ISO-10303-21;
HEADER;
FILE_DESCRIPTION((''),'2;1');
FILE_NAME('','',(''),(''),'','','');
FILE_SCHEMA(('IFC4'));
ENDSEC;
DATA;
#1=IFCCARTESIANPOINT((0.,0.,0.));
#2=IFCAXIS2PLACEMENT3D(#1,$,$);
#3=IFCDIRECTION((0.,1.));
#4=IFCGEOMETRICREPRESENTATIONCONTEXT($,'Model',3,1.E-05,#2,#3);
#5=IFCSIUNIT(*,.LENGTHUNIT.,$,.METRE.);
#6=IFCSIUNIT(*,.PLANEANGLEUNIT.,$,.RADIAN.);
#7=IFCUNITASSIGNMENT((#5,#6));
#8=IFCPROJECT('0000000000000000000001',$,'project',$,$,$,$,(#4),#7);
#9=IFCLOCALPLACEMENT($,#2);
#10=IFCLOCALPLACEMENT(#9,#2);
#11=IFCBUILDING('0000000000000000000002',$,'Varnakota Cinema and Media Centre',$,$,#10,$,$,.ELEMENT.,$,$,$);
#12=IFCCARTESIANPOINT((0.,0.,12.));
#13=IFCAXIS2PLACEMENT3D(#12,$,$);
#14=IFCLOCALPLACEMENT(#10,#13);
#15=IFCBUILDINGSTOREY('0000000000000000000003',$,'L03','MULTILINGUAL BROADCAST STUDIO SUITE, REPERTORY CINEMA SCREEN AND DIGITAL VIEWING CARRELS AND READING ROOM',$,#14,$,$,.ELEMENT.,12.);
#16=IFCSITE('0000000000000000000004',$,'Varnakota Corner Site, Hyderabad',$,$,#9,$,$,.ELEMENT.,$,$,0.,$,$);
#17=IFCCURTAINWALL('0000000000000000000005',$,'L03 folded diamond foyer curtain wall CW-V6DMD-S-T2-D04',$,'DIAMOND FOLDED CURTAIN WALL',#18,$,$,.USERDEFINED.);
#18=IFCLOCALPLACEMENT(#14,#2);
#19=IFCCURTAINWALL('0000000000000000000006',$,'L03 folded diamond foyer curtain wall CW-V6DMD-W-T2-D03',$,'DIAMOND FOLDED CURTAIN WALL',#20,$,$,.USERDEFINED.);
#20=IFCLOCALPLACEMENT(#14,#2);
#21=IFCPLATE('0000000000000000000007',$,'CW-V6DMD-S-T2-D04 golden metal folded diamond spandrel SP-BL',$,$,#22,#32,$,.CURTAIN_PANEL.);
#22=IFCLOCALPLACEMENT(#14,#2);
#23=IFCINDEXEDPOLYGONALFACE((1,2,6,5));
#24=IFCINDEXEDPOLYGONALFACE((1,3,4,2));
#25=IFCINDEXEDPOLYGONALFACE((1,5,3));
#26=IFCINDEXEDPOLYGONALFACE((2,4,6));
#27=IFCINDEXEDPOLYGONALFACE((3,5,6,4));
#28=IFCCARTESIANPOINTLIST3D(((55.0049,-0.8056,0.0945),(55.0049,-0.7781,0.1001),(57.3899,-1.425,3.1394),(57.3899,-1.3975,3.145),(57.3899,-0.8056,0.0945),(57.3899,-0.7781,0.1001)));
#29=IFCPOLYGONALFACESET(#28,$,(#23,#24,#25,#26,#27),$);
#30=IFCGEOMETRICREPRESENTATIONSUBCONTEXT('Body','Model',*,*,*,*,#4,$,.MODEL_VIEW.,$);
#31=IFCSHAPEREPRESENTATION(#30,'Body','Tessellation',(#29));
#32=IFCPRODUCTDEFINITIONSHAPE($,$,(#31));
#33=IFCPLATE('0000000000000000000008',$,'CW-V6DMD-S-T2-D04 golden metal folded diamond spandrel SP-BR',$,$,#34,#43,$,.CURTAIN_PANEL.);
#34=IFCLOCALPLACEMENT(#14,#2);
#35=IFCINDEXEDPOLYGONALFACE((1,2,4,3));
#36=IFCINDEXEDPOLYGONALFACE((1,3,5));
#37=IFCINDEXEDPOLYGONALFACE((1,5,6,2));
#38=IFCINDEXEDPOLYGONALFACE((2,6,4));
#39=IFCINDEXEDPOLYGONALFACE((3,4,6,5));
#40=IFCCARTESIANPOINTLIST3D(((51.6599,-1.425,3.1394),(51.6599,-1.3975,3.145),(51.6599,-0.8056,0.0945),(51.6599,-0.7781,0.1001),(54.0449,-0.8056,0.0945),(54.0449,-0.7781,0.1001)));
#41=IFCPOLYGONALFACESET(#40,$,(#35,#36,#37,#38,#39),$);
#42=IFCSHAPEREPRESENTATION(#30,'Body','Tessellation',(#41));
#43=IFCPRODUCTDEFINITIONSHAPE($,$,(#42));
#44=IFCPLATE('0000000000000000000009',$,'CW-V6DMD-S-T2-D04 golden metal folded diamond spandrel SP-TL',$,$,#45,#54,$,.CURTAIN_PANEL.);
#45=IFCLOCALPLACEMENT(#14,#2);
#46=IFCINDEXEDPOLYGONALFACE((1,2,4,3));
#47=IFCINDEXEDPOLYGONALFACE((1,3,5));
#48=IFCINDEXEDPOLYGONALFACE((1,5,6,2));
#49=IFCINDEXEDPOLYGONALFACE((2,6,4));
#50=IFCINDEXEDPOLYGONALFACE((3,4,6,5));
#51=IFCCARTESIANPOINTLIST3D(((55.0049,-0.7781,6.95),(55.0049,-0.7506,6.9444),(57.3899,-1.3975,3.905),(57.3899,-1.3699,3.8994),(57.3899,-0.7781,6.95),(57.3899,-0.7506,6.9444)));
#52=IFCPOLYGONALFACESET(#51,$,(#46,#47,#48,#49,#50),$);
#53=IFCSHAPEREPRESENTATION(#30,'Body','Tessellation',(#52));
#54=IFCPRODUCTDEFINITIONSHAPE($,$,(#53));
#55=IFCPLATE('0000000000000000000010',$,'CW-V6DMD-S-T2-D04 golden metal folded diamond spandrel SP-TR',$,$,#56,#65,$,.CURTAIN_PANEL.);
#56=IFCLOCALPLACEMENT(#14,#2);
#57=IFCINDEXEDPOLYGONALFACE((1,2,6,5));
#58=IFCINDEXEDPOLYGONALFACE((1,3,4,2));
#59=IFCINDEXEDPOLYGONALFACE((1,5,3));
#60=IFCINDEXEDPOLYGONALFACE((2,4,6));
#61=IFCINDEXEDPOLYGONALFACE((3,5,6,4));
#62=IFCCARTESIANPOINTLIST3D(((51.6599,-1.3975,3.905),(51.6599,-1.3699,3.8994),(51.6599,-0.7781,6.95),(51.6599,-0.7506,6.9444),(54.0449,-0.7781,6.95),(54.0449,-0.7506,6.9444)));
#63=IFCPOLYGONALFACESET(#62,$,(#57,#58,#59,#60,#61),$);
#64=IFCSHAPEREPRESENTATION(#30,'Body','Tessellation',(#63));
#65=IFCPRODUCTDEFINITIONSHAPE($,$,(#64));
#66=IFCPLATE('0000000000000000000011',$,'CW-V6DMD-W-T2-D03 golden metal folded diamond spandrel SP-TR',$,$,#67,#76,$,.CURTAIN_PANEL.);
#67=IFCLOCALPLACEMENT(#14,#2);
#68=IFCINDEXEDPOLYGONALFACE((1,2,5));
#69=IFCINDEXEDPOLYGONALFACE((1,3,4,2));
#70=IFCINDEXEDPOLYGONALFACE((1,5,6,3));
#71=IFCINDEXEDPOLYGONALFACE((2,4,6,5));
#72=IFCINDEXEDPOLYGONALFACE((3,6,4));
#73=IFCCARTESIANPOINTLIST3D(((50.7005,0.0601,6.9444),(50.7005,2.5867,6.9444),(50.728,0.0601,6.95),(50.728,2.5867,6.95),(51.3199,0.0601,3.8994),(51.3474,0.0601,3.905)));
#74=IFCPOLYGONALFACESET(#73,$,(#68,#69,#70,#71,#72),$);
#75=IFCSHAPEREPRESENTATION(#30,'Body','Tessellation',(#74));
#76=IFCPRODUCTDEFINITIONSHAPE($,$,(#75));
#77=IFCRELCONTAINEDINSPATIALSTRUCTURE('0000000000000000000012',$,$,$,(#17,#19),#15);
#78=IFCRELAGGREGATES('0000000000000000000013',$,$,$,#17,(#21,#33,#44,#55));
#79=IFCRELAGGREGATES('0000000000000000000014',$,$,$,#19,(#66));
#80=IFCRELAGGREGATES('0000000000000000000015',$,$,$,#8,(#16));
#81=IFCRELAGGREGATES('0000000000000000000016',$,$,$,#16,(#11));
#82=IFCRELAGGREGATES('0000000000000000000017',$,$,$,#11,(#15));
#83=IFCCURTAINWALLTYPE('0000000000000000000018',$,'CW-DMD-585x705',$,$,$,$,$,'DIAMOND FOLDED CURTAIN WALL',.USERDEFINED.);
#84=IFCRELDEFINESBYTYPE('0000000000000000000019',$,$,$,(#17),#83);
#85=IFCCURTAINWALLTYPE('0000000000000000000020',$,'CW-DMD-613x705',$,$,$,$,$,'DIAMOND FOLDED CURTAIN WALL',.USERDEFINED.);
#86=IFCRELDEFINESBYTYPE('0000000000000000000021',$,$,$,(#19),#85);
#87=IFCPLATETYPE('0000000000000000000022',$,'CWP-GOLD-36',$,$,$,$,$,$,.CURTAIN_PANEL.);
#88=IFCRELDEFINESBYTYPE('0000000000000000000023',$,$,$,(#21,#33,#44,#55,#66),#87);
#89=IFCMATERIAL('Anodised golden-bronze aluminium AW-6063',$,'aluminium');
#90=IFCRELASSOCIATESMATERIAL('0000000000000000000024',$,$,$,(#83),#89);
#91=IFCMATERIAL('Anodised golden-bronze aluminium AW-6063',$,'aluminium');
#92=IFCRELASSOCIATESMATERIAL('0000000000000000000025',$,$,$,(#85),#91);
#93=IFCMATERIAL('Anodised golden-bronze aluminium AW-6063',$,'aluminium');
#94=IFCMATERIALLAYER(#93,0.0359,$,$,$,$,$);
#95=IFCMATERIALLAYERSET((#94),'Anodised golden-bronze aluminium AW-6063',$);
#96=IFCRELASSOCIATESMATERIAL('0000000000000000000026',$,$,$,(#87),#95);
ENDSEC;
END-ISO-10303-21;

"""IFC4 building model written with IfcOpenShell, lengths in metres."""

from ifc_helpers import new_model, si_unit, direction, frame, origin, place, context, subcontext, project, spatial, polyline, outline, extrude, material, layer, layer_set, type_object, element, aggregate, save


model = new_model("IFC4")

# Units and contexts
model_context = context("Model", 3, precision=1e-05, world=origin(), true_north=direction((0.0, 1.0)))
body_context = subcontext(model_context, "Body", "Model", "MODEL_VIEW")
ifc_project = project(units=[si_unit("LENGTHUNIT", "METRE"), si_unit("PLANEANGLEUNIT", "RADIAN")], contexts=[model_context])

# Site, building, storey
site_placement = place(None, origin())
site = spatial("IfcSite", under=ifc_project, at=site_placement, Name="Varnakota Corner Site, Hyderabad", CompositionType="ELEMENT", RefElevation=0.0)
building_placement = place(site_placement, origin())
building = spatial("IfcBuilding", under=site, at=building_placement, Name="Varnakota Cinema and Media Centre", CompositionType="ELEMENT")
storey_placement = place(building_placement, frame((0.0, 0.0, 12.0)))
storey = spatial("IfcBuildingStorey", under=building, at=storey_placement, Name="L03", Description="MULTILINGUAL BROADCAST STUDIO SUITE, REPERTORY CINEMA SCREEN AND DIGITAL VIEWING CARRELS AND READING ROOM", CompositionType="ELEMENT", Elevation=12.0)

# Curtain wall
ifc_material_1 = material(Name="Anodised golden-bronze aluminium AW-6063", Category="aluminium")
curtain_wall_type_1 = type_object("IfcCurtainWallType", Name="CW-DMD-585x705", ElementType="DIAMOND FOLDED CURTAIN WALL", PredefinedType="USERDEFINED", material=ifc_material_1)
curtain_wall_1_placement = place(storey_placement, origin())
curtain_wall_1 = element("IfcCurtainWall", 1, at=curtain_wall_1_placement, inside=storey, type_object=curtain_wall_type_1, Name="L03 folded diamond foyer curtain wall CW-V6DMD-S-T2-D04", ObjectType="DIAMOND FOLDED CURTAIN WALL", PredefinedType="USERDEFINED")

# Curtain wall
ifc_material_2 = material(Name="Anodised golden-bronze aluminium AW-6063", Category="aluminium")
curtain_wall_type_2 = type_object("IfcCurtainWallType", Name="CW-DMD-613x705", ElementType="DIAMOND FOLDED CURTAIN WALL", PredefinedType="USERDEFINED", material=ifc_material_2)
curtain_wall_2_placement = place(storey_placement, origin())
curtain_wall_2 = element("IfcCurtainWall", 2, at=curtain_wall_2_placement, inside=storey, type_object=curtain_wall_type_2, Name="L03 folded diamond foyer curtain wall CW-V6DMD-W-T2-D03", ObjectType="DIAMOND FOLDED CURTAIN WALL", PredefinedType="USERDEFINED")

# Plates
ifc_material_3 = material(Name="Anodised golden-bronze aluminium AW-6063", Category="aluminium")
ifc_layer_1 = layer(ifc_material_3, 0.0359)
ifc_layer_set_1 = layer_set([ifc_layer_1], Name="Anodised golden-bronze aluminium AW-6063")
plate_type_1 = type_object("IfcPlateType", Name="CWP-GOLD-36", PredefinedType="CURTAIN_PANEL", material=ifc_layer_set_1)
plate_1_placement = place(storey_placement, frame((57.3899, -0.7781, 0.1001), z_axis=(0.0, 0.979932, 0.199333), x_axis=(-1.0, 0.0, 0.0)))
plate_1 = element("IfcPlate", 3, at=plate_1_placement, type_object=plate_type_1, Name="CW-V6DMD-S-T2-D04 golden metal folded diamond spandrel SP-BL", PredefinedType="CURTAIN_PANEL", context=body_context, shape_type="SweptSolid", body=[
    extrude(outline(polyline([(0.0, 0.0), (2.385, 0.0), (0.0, 3.1073), (0.0, 0.0)])), origin(), (0.0, 0.0, -1.0), 0.0281),
])
plate_2_placement = place(storey_placement, frame((54.0449, -0.7781, 0.1001), z_axis=(0.0, 0.979932, 0.199333), x_axis=(-1.0, 0.0, 0.0)))
plate_2 = element("IfcPlate", 4, at=plate_2_placement, type_object=plate_type_1, Name="CW-V6DMD-S-T2-D04 golden metal folded diamond spandrel SP-BR", PredefinedType="CURTAIN_PANEL", context=body_context, shape_type="SweptSolid", body=[
    extrude(outline(polyline([(0.0, 0.0), (2.385, 0.0), (2.385, 3.1073), (0.0, 0.0)])), origin(), (0.0, 0.0, -1.0), 0.0281),
])
plate_3_placement = place(storey_placement, frame((57.3899, -1.3975, 3.905), z_axis=(0.0, -0.979932, 0.199333), x_axis=(-0.608876, 0.158124, 0.777346)))
plate_3 = element("IfcPlate", 5, at=plate_3_placement, type_object=plate_type_1, Name="CW-V6DMD-S-T2-D04 golden metal folded diamond spandrel SP-TL", PredefinedType="CURTAIN_PANEL", context=body_context, shape_type="SweptSolid", body=[
    extrude(outline(polyline([(0.0, 0.0), (3.9171, 0.0), (2.4649, -1.8919), (0.0, 0.0)])), origin(), (0.0, 0.0, -1.0), 0.0281),
])
plate_4_placement = place(storey_placement, frame((51.6599, -1.3975, 3.905), z_axis=(0.0, -0.979932, 0.199333), x_axis=(0.0, 0.199333, 0.979932)))
plate_4 = element("IfcPlate", 6, at=plate_4_placement, type_object=plate_type_1, Name="CW-V6DMD-S-T2-D04 golden metal folded diamond spandrel SP-TR", PredefinedType="CURTAIN_PANEL", context=body_context, shape_type="SweptSolid", body=[
    extrude(outline(polyline([(0.0, 0.0), (3.1073, 0.0), (3.1073, -2.385), (0.0, 0.0)])), origin(), (0.0, 0.0, -1.0), 0.0281),
])
aggregate(curtain_wall_1, [plate_1, plate_2, plate_3, plate_4])
plate_5_placement = place(storey_placement, frame((51.3474, 0.0601, 3.905), z_axis=(0.979932, 0.0, 0.199333), x_axis=(-0.199333, 0.0, 0.979932)))
plate_5 = element("IfcPlate", 7, at=plate_5_placement, type_object=plate_type_1, Name="CW-V6DMD-W-T2-D03 golden metal folded diamond spandrel SP-TR", PredefinedType="CURTAIN_PANEL", context=body_context, shape_type="SweptSolid", body=[
    extrude(outline(polyline([(0.0, 0.0), (3.1073, 0.0), (3.1073, -2.5266), (0.0, 0.0)])), origin(), (0.0, 0.0, -1.0), 0.0281),
])
aggregate(curtain_wall_2, [plate_5])

save(model, "model.ifc")
